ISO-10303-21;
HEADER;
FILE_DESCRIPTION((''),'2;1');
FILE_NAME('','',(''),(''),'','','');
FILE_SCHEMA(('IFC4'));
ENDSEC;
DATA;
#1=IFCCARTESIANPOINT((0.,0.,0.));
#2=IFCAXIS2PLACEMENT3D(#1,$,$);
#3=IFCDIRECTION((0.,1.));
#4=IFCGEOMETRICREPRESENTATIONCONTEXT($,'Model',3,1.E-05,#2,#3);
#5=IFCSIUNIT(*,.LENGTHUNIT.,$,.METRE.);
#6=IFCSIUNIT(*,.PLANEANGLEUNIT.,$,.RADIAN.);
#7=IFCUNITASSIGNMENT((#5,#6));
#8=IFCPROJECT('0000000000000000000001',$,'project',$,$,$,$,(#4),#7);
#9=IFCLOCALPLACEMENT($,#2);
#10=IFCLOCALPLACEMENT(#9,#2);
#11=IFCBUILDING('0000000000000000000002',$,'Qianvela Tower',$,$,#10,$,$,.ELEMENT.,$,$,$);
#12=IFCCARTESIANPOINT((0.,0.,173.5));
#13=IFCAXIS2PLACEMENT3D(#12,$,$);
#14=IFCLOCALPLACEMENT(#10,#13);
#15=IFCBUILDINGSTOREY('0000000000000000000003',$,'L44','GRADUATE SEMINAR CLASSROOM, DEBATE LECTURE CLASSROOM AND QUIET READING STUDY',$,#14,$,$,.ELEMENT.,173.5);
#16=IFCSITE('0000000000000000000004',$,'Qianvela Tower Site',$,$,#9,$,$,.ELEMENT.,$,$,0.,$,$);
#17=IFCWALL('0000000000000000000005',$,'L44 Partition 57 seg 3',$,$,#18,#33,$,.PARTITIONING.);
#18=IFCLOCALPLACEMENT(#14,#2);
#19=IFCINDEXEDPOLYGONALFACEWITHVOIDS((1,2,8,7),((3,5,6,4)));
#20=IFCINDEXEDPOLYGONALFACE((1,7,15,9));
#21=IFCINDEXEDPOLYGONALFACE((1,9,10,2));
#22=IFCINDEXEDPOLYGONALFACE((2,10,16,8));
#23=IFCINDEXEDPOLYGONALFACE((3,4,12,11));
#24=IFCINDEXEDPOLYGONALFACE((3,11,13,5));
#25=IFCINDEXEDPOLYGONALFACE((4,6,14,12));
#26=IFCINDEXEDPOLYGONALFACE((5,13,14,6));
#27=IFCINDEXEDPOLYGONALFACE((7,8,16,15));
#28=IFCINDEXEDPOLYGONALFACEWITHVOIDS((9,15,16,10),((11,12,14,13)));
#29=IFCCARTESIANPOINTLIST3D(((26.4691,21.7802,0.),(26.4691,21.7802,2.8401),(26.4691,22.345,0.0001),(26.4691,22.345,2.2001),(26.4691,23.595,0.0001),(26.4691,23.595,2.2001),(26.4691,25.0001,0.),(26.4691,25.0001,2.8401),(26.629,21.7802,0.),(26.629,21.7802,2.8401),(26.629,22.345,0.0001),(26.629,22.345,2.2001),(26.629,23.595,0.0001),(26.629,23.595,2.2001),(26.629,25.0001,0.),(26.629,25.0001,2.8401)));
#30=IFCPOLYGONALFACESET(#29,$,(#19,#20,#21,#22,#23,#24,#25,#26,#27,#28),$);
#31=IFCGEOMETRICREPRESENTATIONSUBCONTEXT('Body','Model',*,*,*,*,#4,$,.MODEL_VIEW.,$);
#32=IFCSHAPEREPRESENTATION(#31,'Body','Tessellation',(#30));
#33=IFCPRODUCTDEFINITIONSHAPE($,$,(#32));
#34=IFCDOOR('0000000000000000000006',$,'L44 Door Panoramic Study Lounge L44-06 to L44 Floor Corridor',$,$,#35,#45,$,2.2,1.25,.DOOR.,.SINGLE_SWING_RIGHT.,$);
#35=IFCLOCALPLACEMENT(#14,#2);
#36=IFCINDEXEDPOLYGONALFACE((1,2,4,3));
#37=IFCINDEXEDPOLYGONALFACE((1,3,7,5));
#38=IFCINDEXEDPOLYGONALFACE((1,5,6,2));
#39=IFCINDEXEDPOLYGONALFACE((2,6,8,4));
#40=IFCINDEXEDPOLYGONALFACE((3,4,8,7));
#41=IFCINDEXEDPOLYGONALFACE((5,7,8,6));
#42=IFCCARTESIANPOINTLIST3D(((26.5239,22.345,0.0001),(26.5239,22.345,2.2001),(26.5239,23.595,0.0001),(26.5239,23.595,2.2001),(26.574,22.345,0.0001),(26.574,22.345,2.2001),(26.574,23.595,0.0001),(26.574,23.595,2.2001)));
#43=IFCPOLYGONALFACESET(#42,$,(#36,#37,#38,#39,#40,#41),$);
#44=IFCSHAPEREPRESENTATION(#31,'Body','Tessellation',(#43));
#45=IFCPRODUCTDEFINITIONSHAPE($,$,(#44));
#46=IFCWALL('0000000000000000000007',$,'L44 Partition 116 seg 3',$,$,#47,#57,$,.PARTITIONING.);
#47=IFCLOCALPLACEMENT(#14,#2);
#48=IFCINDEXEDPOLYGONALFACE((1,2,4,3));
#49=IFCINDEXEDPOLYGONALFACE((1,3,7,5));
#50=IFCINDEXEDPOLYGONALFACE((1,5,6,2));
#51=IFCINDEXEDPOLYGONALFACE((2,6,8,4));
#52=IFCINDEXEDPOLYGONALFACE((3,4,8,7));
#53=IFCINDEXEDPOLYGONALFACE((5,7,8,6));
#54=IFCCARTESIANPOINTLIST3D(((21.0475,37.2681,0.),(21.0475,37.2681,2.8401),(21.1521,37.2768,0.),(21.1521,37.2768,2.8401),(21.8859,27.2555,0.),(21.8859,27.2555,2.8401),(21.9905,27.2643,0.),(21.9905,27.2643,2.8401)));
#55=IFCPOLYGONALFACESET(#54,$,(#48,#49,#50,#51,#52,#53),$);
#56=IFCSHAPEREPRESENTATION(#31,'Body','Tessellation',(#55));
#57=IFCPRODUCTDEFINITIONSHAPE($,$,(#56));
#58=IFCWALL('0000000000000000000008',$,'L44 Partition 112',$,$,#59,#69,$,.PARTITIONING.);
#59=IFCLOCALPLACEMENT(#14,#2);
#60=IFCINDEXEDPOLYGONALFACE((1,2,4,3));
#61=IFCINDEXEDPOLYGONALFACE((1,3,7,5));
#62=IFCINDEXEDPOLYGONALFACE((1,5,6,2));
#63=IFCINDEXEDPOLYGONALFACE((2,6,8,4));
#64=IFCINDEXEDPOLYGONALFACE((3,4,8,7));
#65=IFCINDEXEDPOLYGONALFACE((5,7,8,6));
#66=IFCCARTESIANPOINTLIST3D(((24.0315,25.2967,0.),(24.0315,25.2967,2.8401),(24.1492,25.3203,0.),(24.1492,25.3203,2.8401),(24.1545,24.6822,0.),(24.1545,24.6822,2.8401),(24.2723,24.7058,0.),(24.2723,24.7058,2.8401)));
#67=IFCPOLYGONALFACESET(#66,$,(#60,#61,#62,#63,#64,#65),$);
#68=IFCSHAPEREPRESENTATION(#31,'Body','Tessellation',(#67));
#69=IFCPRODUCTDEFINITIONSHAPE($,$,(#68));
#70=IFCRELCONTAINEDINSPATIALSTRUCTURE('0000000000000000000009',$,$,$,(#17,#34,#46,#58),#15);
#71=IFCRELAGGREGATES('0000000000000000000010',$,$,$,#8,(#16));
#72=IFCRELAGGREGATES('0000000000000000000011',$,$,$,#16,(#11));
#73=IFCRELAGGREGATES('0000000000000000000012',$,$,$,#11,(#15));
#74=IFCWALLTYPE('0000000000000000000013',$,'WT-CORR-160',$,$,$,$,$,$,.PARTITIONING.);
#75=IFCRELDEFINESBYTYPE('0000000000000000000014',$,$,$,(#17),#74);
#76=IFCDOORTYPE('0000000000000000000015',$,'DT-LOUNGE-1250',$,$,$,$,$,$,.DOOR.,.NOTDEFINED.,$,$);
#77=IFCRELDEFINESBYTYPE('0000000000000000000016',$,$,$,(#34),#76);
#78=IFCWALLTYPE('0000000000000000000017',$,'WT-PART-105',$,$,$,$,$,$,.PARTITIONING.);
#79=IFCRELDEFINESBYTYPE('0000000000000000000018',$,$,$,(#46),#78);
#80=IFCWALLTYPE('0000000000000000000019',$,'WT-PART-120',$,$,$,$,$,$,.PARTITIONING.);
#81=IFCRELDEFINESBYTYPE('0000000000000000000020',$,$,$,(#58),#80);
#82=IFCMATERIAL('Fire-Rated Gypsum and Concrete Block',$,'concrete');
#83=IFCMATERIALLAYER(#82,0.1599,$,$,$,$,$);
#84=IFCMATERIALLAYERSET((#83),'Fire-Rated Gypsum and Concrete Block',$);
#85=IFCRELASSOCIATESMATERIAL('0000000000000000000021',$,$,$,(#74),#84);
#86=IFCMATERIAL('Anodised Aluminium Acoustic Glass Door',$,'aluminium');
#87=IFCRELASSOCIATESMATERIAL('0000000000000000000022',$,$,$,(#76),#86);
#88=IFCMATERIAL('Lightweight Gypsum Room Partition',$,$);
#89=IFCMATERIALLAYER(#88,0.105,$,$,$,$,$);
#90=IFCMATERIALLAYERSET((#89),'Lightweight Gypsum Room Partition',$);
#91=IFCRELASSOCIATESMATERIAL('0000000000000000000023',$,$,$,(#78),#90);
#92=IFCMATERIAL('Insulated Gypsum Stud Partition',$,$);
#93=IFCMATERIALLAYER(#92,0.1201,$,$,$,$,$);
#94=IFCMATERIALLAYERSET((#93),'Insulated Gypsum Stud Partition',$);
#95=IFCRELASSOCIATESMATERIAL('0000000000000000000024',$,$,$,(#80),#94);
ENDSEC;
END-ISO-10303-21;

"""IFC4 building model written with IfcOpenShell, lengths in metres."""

from ifc_helpers import new_model, si_unit, direction, frame, frame_2d, origin, place, context, subcontext, project, spatial, rectangle, extrude, material, layer, layer_set, type_object, element, fill, save


model = new_model("IFC4")

# Units and contexts
model_context = context("Model", 3, precision=1e-05, world=origin(), true_north=direction((0.0, 1.0)))
body_context = subcontext(model_context, "Body", "Model", "MODEL_VIEW")
ifc_project = project(units=[si_unit("LENGTHUNIT", "METRE"), si_unit("PLANEANGLEUNIT", "RADIAN")], contexts=[model_context])

# Site, building, storey
site_placement = place(None, origin())
site = spatial("IfcSite", under=ifc_project, at=site_placement, Name="Qianvela Tower Site", CompositionType="ELEMENT", RefElevation=0.0)
building_placement = place(site_placement, origin())
building = spatial("IfcBuilding", under=site, at=building_placement, Name="Qianvela Tower", CompositionType="ELEMENT")
storey_placement = place(building_placement, frame((0.0, 0.0, 173.5)))
storey = spatial("IfcBuildingStorey", under=building, at=storey_placement, Name="L44", Description="GRADUATE SEMINAR CLASSROOM, DEBATE LECTURE CLASSROOM AND QUIET READING STUDY", CompositionType="ELEMENT", Elevation=173.5)

# Shared definitions
ifc_material_1 = material(Name="Fire-Rated Gypsum and Concrete Block", Category="concrete")
ifc_layer_1 = layer(ifc_material_1, 0.1599)
ifc_layer_set_1 = layer_set([ifc_layer_1], Name="Fire-Rated Gypsum and Concrete Block")
wall_type_1 = type_object("IfcWallType", Name="WT-CORR-160", PredefinedType="PARTITIONING", material=ifc_layer_set_1)

# Wall, opening, door
ifc_material_2 = material(Name="Anodised Aluminium Acoustic Glass Door", Category="aluminium")
door_type = type_object("IfcDoorType", Name="DT-LOUNGE-1250", OperationType="NOTDEFINED", PredefinedType="DOOR", material=ifc_material_2)
wall_1_placement = place(storey_placement, frame((26.5491, 25.0, 0.0), z_axis=(0.0, 0.0, 1.0), x_axis=(0.0, -1.0, 0.0)))
wall_1 = element("IfcWall", 1, at=wall_1_placement, inside=storey, type_object=wall_type_1, Name="L44 Partition 57 seg 3", PredefinedType="PARTITIONING", context=body_context, shape_type="SweptSolid", body=[
    extrude(rectangle(XDim=3.22, YDim=0.1599, at=frame_2d((1.6099, 0.0))), origin(), (0.0, 0.0, 1.0), 2.8401),
])
opening_1_placement = place(wall_1_placement, frame((1.405, 0.0, 0.0)))
opening_1 = element("IfcOpeningElement", 2, at=opening_1_placement, cuts=wall_1, PredefinedType="OPENING", context=body_context, shape_type="SweptSolid", body=[
    extrude(rectangle(XDim=1.25, YDim=2.2, at=frame_2d((0.625, 1.1001))), frame((0.0, 0.0898, 0.0), z_axis=(0.0, -1.0, 0.0), x_axis=(1.0, 0.0, 0.0)), (0.0, 0.0, 1.0), 0.1799),
])
door_1_placement = place(opening_1_placement, origin())
door_1 = element("IfcDoor", 3, at=door_1_placement, inside=storey, type_object=door_type, Name="L44 Door Panoramic Study Lounge L44-06 to L44 Floor Corridor", OperationType="SINGLE_SWING_RIGHT", OverallHeight=2.2, OverallWidth=1.25, PredefinedType="DOOR", context=body_context, shape_type="SweptSolid", body=[
    extrude(rectangle(XDim=1.25, YDim=2.2, at=frame_2d((0.625, 1.1001))), frame((0.0, 0.0249, 0.0), z_axis=(0.0, -1.0, 0.0), x_axis=(1.0, 0.0, 0.0)), (0.0, 0.0, 1.0), 0.05),
])
fill(opening_1, door_1)

# Walls
ifc_material_3 = material(Name="Lightweight Gypsum Room Partition")
ifc_layer_2 = layer(ifc_material_3, 0.105)
ifc_layer_set_2 = layer_set([ifc_layer_2], Name="Lightweight Gypsum Room Partition")
wall_type_2 = type_object("IfcWallType", Name="WT-PART-105", PredefinedType="PARTITIONING", material=ifc_layer_set_2)
wall_2_placement = place(storey_placement, frame((21.9382, 27.2598, 0.0), z_axis=(0.0, 0.0, 1.0), x_axis=(-0.083442, 0.996513, 0.0)))
element("IfcWall", 4, at=wall_2_placement, inside=storey, type_object=wall_type_2, Name="L44 Partition 116 seg 3", PredefinedType="PARTITIONING", context=body_context, shape_type="SweptSolid", body=[
    extrude(rectangle(XDim=10.0476, YDim=0.105, at=frame_2d((5.0239, 0.0))), origin(), (0.0, 0.0, 1.0), 2.8401),
])
ifc_material_4 = material(Name="Insulated Gypsum Stud Partition")
ifc_layer_3 = layer(ifc_material_4, 0.1201)
ifc_layer_set_3 = layer_set([ifc_layer_3], Name="Insulated Gypsum Stud Partition")
wall_type_3 = type_object("IfcWallType", Name="WT-PART-120", PredefinedType="PARTITIONING", material=ifc_layer_set_3)
wall_3_placement = place(storey_placement, frame((24.0903, 25.3086, 0.0), z_axis=(0.0, 0.0, 1.0), x_axis=(0.196341, -0.980536, 0.0)))
element("IfcWall", 5, at=wall_3_placement, inside=storey, type_object=wall_type_3, Name="L44 Partition 112", PredefinedType="PARTITIONING", context=body_context, shape_type="SweptSolid", body=[
    extrude(rectangle(XDim=0.6267, YDim=0.1201, at=frame_2d((0.3135, 0.0))), origin(), (0.0, 0.0, 1.0), 2.8401),
])

save(model, "model.ifc")
